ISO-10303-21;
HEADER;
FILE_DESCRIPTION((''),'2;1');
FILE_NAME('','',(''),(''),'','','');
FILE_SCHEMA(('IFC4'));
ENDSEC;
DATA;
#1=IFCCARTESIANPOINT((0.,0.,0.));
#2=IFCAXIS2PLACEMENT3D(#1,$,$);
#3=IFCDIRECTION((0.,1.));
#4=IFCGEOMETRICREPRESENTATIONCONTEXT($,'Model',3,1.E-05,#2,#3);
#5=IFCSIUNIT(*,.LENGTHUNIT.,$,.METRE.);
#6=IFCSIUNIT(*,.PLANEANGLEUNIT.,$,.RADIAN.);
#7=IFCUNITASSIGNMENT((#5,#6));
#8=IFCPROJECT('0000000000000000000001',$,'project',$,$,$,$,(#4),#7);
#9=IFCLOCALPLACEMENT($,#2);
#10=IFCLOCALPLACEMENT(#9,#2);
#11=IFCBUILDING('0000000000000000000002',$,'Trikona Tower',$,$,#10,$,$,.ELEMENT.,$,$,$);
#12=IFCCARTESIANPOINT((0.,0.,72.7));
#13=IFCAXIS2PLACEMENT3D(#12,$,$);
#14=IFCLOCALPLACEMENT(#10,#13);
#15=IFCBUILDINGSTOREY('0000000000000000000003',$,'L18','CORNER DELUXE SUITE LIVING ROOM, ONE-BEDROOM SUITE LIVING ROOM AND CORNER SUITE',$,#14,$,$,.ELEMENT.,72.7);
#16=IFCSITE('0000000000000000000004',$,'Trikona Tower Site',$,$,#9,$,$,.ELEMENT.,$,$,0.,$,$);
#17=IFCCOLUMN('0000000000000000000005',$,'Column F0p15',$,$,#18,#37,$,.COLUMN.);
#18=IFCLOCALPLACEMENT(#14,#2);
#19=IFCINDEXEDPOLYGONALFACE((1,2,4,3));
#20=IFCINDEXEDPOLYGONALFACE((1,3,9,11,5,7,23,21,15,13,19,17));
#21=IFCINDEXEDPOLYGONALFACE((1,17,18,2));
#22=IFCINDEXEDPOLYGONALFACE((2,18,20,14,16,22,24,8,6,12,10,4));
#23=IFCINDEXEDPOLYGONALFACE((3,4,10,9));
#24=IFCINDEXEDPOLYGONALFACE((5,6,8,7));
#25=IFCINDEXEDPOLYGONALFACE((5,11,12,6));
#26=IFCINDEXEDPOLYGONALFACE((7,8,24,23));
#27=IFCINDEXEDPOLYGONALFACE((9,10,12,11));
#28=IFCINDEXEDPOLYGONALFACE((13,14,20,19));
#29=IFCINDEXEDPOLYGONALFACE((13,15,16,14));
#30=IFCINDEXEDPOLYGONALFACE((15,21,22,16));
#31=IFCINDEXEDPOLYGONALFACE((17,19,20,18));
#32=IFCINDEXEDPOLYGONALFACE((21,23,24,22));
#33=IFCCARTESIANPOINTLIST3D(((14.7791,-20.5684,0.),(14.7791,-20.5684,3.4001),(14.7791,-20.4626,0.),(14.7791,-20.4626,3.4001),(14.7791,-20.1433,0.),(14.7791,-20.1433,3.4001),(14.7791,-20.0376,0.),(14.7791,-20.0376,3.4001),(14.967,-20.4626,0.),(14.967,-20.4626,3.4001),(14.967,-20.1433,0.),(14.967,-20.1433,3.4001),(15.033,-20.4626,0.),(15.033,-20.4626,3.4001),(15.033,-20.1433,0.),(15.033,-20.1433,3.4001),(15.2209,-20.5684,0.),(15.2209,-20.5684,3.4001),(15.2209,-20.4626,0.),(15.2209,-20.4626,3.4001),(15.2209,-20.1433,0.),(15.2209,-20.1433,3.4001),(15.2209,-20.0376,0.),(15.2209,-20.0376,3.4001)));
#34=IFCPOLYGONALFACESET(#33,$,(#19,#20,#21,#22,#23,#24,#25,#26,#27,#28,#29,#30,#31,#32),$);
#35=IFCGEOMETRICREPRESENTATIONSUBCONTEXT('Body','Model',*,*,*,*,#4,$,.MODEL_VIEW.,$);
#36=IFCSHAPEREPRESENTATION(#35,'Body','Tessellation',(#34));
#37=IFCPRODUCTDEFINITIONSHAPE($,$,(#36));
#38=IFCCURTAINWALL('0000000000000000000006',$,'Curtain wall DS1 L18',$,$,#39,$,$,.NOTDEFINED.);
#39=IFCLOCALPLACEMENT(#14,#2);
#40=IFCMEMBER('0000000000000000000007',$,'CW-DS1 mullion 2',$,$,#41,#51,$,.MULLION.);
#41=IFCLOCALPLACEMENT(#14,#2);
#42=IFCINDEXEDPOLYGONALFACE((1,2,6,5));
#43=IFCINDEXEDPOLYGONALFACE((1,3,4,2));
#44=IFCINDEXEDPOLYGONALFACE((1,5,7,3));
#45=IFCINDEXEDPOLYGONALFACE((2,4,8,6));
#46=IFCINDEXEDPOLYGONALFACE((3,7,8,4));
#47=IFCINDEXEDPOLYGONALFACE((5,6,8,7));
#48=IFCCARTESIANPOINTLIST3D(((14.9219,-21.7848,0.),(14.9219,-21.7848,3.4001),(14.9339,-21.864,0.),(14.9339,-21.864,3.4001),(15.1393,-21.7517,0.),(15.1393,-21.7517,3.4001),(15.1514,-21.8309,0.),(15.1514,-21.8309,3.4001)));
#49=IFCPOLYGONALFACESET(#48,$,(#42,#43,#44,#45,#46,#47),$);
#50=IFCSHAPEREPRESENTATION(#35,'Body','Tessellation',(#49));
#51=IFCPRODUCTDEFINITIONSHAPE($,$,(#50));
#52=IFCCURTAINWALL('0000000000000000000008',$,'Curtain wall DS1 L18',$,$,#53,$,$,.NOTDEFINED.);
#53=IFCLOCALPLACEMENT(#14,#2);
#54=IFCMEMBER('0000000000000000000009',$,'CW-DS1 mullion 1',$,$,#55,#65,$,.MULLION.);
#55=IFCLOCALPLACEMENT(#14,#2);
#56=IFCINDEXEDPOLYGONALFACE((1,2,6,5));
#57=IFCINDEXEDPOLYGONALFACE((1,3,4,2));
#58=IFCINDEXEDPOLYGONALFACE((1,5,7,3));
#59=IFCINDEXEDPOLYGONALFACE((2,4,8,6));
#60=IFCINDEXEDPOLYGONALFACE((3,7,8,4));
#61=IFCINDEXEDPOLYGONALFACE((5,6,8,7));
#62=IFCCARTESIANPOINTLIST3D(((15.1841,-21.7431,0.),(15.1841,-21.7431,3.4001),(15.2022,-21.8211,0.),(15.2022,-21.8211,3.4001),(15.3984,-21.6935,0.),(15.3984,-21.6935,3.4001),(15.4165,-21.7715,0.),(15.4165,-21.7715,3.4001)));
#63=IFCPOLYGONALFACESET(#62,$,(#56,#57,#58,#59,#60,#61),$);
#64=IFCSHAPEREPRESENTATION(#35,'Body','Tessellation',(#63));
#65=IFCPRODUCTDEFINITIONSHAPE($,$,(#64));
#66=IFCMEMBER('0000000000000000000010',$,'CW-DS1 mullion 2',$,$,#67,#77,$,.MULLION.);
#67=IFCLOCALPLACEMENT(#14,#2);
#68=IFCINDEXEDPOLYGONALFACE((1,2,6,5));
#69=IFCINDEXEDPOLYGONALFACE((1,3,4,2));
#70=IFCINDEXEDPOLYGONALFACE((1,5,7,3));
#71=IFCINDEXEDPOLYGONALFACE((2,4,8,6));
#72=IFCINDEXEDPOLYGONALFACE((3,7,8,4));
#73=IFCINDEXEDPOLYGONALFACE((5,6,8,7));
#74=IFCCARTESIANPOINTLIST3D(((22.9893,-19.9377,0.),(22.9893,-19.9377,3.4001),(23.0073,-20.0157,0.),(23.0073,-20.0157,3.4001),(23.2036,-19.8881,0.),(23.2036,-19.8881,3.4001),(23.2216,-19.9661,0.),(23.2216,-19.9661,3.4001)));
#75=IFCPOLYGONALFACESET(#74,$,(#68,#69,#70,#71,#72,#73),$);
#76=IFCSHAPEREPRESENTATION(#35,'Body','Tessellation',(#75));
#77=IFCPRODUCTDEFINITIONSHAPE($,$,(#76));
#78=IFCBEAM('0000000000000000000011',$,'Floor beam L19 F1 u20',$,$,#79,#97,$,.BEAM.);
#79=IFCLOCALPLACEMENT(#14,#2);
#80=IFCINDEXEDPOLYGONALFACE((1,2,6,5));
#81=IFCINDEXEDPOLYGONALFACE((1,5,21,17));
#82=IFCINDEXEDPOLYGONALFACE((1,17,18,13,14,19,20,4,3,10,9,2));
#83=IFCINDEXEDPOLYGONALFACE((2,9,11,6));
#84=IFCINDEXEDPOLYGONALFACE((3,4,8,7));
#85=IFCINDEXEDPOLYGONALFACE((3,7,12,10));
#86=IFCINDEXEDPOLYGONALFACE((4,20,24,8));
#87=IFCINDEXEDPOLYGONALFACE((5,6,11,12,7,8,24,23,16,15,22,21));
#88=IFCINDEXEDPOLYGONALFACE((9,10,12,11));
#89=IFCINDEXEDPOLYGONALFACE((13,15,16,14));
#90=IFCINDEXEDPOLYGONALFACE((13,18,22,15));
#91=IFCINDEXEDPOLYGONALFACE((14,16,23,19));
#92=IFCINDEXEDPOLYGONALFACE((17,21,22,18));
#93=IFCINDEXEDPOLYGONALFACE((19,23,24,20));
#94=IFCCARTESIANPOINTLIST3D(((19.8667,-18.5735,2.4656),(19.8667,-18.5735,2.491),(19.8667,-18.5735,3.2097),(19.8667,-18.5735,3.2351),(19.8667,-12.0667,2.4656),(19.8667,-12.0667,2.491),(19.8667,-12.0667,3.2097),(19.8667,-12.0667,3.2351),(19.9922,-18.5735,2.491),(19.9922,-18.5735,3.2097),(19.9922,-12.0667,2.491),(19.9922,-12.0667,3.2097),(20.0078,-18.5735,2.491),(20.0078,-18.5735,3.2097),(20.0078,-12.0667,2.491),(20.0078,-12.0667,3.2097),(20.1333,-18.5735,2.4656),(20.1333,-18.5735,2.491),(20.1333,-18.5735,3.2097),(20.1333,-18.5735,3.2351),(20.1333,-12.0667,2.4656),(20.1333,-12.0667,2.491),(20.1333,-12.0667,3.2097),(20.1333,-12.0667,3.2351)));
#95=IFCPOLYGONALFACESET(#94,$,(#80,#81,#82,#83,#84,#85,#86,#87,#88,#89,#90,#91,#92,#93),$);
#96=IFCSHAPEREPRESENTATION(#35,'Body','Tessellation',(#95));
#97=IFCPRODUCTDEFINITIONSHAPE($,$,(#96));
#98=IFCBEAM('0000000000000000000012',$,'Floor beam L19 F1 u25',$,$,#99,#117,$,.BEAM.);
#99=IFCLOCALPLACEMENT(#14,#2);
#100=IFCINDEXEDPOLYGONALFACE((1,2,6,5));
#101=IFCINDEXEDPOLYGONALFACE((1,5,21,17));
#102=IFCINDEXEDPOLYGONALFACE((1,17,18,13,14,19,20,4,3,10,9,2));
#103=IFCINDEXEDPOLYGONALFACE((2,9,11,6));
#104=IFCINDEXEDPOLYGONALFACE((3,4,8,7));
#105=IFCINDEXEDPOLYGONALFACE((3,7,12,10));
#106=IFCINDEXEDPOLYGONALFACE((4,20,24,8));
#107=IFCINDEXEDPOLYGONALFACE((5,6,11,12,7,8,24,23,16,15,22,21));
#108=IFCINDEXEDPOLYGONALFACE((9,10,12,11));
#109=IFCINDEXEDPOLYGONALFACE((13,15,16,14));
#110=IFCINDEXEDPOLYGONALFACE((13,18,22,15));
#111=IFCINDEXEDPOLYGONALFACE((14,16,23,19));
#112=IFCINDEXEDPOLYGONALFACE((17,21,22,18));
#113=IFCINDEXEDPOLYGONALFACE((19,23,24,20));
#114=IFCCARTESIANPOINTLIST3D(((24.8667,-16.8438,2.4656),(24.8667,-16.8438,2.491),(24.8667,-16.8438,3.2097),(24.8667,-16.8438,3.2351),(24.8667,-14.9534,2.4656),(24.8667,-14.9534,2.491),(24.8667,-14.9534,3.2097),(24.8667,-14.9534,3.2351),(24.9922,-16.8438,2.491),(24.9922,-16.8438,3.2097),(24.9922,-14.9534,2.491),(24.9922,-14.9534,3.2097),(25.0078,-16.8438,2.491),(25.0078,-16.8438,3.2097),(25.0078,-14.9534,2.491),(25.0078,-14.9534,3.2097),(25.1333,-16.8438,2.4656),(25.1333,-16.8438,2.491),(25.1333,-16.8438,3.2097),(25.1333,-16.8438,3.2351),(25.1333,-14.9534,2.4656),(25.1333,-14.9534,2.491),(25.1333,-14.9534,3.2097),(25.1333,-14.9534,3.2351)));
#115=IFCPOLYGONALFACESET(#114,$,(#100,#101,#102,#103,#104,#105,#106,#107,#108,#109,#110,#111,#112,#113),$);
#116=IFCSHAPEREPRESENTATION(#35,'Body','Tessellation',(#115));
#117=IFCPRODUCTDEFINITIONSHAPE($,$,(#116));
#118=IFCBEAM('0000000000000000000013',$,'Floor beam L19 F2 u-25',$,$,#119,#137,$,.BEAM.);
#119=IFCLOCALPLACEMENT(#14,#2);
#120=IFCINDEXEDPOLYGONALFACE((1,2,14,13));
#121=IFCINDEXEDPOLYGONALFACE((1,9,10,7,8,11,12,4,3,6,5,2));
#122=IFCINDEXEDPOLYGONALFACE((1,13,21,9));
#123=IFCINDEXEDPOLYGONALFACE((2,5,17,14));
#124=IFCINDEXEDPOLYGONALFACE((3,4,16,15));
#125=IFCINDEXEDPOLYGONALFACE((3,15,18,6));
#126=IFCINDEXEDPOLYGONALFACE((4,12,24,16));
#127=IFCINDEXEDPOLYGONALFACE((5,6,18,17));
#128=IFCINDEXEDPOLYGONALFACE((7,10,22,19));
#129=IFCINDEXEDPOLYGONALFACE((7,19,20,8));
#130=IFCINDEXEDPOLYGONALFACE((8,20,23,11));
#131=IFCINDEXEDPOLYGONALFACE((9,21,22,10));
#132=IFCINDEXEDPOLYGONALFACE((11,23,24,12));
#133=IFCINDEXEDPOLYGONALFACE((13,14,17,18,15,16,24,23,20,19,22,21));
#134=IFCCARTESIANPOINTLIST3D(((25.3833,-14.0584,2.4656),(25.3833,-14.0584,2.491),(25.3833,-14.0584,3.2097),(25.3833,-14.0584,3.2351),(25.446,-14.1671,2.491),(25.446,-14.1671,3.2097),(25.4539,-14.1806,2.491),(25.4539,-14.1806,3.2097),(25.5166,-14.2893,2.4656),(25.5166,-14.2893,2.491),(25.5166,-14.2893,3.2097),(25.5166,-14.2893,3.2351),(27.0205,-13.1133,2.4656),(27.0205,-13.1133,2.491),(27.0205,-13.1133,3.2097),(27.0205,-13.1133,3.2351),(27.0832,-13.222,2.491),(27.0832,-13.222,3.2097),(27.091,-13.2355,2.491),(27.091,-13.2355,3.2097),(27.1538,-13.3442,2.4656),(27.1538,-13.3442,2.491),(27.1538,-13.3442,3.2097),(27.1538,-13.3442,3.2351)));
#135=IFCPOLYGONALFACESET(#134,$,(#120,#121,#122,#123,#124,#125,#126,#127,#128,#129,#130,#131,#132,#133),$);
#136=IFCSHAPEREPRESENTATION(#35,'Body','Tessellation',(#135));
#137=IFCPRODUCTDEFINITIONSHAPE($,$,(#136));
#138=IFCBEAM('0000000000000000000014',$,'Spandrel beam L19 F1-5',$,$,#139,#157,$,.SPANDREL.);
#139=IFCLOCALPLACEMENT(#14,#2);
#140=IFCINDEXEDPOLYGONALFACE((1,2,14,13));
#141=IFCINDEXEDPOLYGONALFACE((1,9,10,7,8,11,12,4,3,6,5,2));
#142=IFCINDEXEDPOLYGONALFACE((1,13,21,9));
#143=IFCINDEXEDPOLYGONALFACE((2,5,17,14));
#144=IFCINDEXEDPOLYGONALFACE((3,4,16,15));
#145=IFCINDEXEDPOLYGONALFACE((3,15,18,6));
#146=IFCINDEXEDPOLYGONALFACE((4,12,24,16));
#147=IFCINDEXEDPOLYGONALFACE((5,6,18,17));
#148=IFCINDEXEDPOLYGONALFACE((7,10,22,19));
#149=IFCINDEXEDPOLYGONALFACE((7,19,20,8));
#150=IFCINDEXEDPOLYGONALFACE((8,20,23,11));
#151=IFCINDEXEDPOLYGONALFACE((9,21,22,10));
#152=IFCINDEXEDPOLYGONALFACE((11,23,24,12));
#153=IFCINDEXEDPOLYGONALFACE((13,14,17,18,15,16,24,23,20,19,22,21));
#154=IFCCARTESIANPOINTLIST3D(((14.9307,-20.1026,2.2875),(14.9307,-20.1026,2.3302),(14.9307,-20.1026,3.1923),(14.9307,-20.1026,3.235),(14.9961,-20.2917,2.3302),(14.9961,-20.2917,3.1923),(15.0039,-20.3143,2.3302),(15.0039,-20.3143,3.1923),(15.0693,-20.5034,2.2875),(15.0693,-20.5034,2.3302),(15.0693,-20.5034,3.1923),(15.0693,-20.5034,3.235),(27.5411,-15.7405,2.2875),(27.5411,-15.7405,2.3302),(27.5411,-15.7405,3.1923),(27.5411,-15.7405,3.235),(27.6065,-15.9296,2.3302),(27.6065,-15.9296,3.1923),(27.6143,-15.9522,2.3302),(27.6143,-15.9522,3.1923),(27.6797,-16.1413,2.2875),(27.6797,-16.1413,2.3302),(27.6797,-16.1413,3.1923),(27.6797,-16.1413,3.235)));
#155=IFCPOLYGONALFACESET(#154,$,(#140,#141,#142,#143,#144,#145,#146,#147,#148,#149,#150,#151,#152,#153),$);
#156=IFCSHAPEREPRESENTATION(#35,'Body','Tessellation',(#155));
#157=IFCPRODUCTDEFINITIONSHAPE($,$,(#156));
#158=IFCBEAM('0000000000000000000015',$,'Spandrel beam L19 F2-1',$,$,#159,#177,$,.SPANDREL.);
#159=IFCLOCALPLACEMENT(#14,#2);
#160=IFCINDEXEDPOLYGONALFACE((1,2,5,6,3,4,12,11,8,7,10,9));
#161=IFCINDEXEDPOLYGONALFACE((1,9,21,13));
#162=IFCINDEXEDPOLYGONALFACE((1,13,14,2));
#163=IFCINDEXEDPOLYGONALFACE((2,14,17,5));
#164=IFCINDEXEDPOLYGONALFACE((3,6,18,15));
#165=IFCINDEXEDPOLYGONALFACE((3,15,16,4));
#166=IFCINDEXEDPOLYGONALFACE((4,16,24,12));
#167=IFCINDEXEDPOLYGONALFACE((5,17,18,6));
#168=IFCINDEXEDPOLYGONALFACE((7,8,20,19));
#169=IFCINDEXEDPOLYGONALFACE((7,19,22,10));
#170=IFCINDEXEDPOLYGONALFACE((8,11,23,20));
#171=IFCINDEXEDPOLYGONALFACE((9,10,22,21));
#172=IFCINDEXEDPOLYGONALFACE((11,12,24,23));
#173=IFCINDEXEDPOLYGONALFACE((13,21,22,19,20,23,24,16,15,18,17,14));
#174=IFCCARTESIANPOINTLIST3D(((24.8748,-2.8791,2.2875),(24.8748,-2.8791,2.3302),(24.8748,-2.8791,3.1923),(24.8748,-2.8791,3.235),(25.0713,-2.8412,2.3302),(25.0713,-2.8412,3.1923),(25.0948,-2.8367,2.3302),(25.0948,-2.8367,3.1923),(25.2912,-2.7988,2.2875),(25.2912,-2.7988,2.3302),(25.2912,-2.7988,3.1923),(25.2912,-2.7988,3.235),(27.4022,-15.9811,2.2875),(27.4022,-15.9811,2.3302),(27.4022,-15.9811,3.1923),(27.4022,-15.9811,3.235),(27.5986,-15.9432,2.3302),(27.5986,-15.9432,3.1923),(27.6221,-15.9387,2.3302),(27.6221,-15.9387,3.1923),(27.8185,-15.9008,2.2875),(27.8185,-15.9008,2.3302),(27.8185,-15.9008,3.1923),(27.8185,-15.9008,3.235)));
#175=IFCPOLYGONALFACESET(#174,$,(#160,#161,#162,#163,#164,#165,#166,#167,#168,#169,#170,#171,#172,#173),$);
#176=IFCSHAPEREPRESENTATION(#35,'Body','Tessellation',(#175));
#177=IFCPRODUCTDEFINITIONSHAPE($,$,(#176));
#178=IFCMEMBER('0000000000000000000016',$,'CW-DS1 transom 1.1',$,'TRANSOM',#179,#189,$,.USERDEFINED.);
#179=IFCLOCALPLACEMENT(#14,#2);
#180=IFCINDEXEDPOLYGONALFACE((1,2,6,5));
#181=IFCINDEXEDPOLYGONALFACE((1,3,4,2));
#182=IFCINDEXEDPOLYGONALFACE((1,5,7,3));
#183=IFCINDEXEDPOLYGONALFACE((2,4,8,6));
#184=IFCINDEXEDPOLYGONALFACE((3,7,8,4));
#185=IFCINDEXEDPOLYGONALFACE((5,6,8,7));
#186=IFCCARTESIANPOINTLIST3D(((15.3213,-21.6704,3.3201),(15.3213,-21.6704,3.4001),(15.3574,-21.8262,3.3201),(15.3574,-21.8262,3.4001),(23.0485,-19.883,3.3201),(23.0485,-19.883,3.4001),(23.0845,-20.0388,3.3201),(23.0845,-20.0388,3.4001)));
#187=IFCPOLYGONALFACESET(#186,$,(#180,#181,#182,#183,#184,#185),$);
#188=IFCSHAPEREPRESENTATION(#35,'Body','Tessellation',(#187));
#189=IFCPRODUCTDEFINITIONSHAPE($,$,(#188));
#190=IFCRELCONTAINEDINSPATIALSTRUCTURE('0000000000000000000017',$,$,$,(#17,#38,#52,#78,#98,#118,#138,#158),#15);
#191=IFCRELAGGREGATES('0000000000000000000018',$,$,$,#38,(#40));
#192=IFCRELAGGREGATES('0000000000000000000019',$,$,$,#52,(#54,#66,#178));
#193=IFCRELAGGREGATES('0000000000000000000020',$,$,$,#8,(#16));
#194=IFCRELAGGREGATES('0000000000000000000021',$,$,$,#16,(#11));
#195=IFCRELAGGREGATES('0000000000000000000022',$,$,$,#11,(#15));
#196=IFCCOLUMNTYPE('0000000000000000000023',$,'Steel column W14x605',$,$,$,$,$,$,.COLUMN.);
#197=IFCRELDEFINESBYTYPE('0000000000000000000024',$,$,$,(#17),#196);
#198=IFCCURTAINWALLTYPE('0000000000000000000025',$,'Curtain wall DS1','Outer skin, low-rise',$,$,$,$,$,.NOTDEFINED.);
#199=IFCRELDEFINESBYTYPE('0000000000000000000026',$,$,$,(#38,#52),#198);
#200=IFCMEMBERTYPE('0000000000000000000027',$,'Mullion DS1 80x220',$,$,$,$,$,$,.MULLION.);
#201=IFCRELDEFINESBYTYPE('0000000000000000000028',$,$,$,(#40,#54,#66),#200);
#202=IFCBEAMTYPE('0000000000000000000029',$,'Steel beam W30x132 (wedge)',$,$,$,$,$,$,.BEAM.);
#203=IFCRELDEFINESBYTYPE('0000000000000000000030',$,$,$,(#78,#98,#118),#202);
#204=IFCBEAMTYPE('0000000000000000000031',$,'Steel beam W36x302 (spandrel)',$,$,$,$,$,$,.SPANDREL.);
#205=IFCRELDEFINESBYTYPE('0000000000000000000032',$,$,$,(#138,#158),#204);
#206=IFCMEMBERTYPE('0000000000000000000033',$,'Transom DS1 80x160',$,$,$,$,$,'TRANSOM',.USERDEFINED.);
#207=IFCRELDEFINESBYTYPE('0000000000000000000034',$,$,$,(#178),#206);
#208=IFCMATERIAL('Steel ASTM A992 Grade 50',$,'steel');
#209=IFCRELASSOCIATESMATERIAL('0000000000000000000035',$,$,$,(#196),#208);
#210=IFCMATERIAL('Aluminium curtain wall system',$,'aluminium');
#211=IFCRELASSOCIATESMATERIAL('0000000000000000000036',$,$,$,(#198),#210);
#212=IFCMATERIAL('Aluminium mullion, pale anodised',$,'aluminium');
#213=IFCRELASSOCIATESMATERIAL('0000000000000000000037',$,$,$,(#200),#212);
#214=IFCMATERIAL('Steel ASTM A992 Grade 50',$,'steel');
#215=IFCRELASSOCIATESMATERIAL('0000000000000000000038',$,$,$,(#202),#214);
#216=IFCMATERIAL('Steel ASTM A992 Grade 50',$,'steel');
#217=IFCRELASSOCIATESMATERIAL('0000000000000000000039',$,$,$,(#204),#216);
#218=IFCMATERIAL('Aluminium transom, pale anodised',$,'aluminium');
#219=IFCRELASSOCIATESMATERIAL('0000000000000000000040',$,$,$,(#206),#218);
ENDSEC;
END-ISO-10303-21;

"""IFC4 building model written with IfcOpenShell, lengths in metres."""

from ifc_helpers import new_model, si_unit, direction, frame, origin, origin_2d, place, context, subcontext, project, spatial, rectangle, i_section, extrude, material, material_profile, profile_set, type_object, element, aggregate, save


model = new_model("IFC4")

# Units and contexts
model_context = context("Model", 3, precision=1e-05, world=origin(), true_north=direction((0.0, 1.0)))
body_context = subcontext(model_context, "Body", "Model", "MODEL_VIEW")
ifc_project = project(units=[si_unit("LENGTHUNIT", "METRE"), si_unit("PLANEANGLEUNIT", "RADIAN")], contexts=[model_context])

# Site, building, storey
site_placement = place(None, origin())
site = spatial("IfcSite", under=ifc_project, at=site_placement, Name="Trikona Tower Site", CompositionType="ELEMENT", RefElevation=0.0)
building_placement = place(site_placement, origin())
building = spatial("IfcBuilding", under=site, at=building_placement, Name="Trikona Tower", CompositionType="ELEMENT")
storey_placement = place(building_placement, frame((0.0, 0.0, 72.7)))
storey = spatial("IfcBuildingStorey", under=building, at=storey_placement, Name="L18", Description="CORNER DELUXE SUITE LIVING ROOM, ONE-BEDROOM SUITE LIVING ROOM AND CORNER SUITE", CompositionType="ELEMENT", Elevation=72.7)

# Column
ifc_material_1 = material(Name="Steel ASTM A992 Grade 50", Category="steel")
ifc_material_profile_1 = material_profile(ifc_material_1, i_section(OverallWidth=0.4419, OverallDepth=0.5308, WebThickness=0.0659, FlangeThickness=0.1057, at=origin_2d()), Name="W14X605")
ifc_profile_set_1 = profile_set([ifc_material_profile_1], Name="Steel ASTM A992 Grade 50")
column_type = type_object("IfcColumnType", Name="Steel column W14x605", PredefinedType="COLUMN", material=ifc_profile_set_1)
column_placement = place(storey_placement, frame((15.0, -20.303, 0.0), z_axis=(0.0, 0.0, 1.0), x_axis=(1.0, 0.0, 0.0)))
element("IfcColumn", 1, at=column_placement, inside=storey, type_object=column_type, Name="Column F0p15", PredefinedType="COLUMN", context=body_context, shape_type="SweptSolid", body=[
    extrude(i_section(OverallWidth=0.4419, OverallDepth=0.5308, WebThickness=0.0659, FlangeThickness=0.1057, at=origin_2d()), origin(), (0.0, 0.0, 1.0), 3.4001),
])

# Curtain wall, member
ifc_material_2 = material(Name="Aluminium curtain wall system", Category="aluminium")
curtain_wall_type = type_object("IfcCurtainWallType", Name="Curtain wall DS1", Description="Outer skin, low-rise", PredefinedType="NOTDEFINED", material=ifc_material_2)
curtain_wall_1_placement = place(storey_placement, origin())
curtain_wall_1 = element("IfcCurtainWall", 2, at=curtain_wall_1_placement, inside=storey, type_object=curtain_wall_type, Name="Curtain wall DS1 L18", PredefinedType="NOTDEFINED")
ifc_material_3 = material(Name="Aluminium mullion, pale anodised", Category="aluminium")
ifc_material_profile_2 = material_profile(ifc_material_3, rectangle(XDim=0.0801, YDim=0.22, at=origin_2d()), Name="MUL-DS1")
ifc_profile_set_2 = profile_set([ifc_material_profile_2], Name="Aluminium mullion, pale anodised")
member_type_1 = type_object("IfcMemberType", Name="Mullion DS1 80x220", PredefinedType="MULLION", material=ifc_profile_set_2)
member_1_placement = place(storey_placement, frame((15.0366, -21.8079, 0.0), z_axis=(0.0, 0.0, 1.0), x_axis=(-0.150438, 0.988619, 0.0)))
member_1 = element("IfcMember", 3, at=member_1_placement, type_object=member_type_1, Name="CW-DS1 mullion 2", PredefinedType="MULLION", context=body_context, shape_type="SweptSolid", body=[
    extrude(rectangle(XDim=0.0801, YDim=0.22, at=origin_2d()), origin(), (0.0, 0.0, 1.0), 3.4001),
])
aggregate(curtain_wall_1, [member_1])

# Curtain wall, members
curtain_wall_2_placement = place(storey_placement, origin())
curtain_wall_2 = element("IfcCurtainWall", 4, at=curtain_wall_2_placement, inside=storey, type_object=curtain_wall_type, Name="Curtain wall DS1 L18", PredefinedType="NOTDEFINED")
member_2_placement = place(storey_placement, frame((15.3003, -21.7573, 0.0), z_axis=(0.0, 0.0, 1.0), x_axis=(-0.225343, 0.974279, 0.0)))
member_2 = element("IfcMember", 5, at=member_2_placement, type_object=member_type_1, Name="CW-DS1 mullion 1", PredefinedType="MULLION", context=body_context, shape_type="SweptSolid", body=[
    extrude(rectangle(XDim=0.0801, YDim=0.22, at=origin_2d()), origin(), (0.0, 0.0, 1.0), 3.4001),
])
member_3_placement = place(storey_placement, frame((23.1055, -19.9519, 0.0), z_axis=(0.0, 0.0, 1.0), x_axis=(-0.225343, 0.974279, 0.0)))
member_3 = element("IfcMember", 6, at=member_3_placement, type_object=member_type_1, Name="CW-DS1 mullion 2", PredefinedType="MULLION", context=body_context, shape_type="SweptSolid", body=[
    extrude(rectangle(XDim=0.0801, YDim=0.22, at=origin_2d()), origin(), (0.0, 0.0, 1.0), 3.4001),
])

# Beams
ifc_material_4 = material(Name="Steel ASTM A992 Grade 50", Category="steel")
ifc_material_profile_3 = material_profile(ifc_material_4, i_section(OverallWidth=0.2666, OverallDepth=0.7695, WebThickness=0.0156, FlangeThickness=0.0254, at=origin_2d()), Name="W30X132")
ifc_profile_set_3 = profile_set([ifc_material_profile_3], Name="Steel ASTM A992 Grade 50")
beam_type_1 = type_object("IfcBeamType", Name="Steel beam W30x132 (wedge)", PredefinedType="BEAM", material=ifc_profile_set_3)
beam_placement = place(storey_placement, frame((20.0, -12.0667, 2.8503), z_axis=(0.0, -1.0, 0.0), x_axis=(1.0, 0.0, 0.0)))
element("IfcBeam", 7, at=beam_placement, inside=storey, type_object=beam_type_1, Name="Floor beam L19 F1 u20", PredefinedType="BEAM", context=body_context, shape_type="SweptSolid", body=[
    extrude(i_section(OverallWidth=0.2666, OverallDepth=0.7695, WebThickness=0.0156, FlangeThickness=0.0254, at=origin_2d()), origin(), (0.0, 0.0, 1.0), 6.5068),
])
for number, where, z_axis, x_axis, name in (
    (8, (25.0, -14.9534, 2.8503), (0.0, -1.0, 0.0), (1.0, 0.0, 0.0), "Floor beam L19 F1 u25"),
    (9, (25.45, -14.1738, 2.8503), (0.866065, 0.499931, 0.0), (-0.499931, 0.866065, 0.0), "Floor beam L19 F2 u-25"),
):
    element("IfcBeam", number, at=place(storey_placement, frame(where, z_axis=z_axis, x_axis=x_axis)), inside=storey, type_object=beam_type_1, Name=name, PredefinedType="BEAM", context=body_context, shape_type="SweptSolid", body=[
        extrude(i_section(OverallWidth=0.2666, OverallDepth=0.7695, WebThickness=0.0156, FlangeThickness=0.0254, at=origin_2d()), origin(), (0.0, 0.0, 1.0), 1.8904),
    ])
ifc_material_5 = material(Name="Steel ASTM A992 Grade 50", Category="steel")
ifc_material_profile_4 = material_profile(ifc_material_5, i_section(OverallWidth=0.4241, OverallDepth=0.9475, WebThickness=0.0239, FlangeThickness=0.0427, at=origin_2d()), Name="W36X302")
ifc_profile_set_4 = profile_set([ifc_material_profile_4], Name="Steel ASTM A992 Grade 50")
beam_type_2 = type_object("IfcBeamType", Name="Steel beam W36x302 (spandrel)", PredefinedType="SPANDREL", material=ifc_profile_set_4)
for number, where, z_axis, x_axis, name in (
    (10, (15.0, -20.303, 2.7612), (0.945057, 0.326906, 0.0), (-0.326906, 0.945057, 0.0), "Spandrel beam L19 F1-5"),
    (11, (27.6104, -15.9409, 2.7612), (-0.189405, 0.981899, 0.0), (-0.981899, -0.189405, 0.0), "Spandrel beam L19 F2-1"),
):
    element("IfcBeam", number, at=place(storey_placement, frame(where, z_axis=z_axis, x_axis=x_axis)), inside=storey, type_object=beam_type_2, Name=name, PredefinedType="SPANDREL", context=body_context, shape_type="SweptSolid", body=[
        extrude(i_section(OverallWidth=0.4241, OverallDepth=0.9475, WebThickness=0.0239, FlangeThickness=0.0427, at=origin_2d()), origin(), (0.0, 0.0, 1.0), 13.3435),
    ])

# Member
ifc_material_6 = material(Name="Aluminium transom, pale anodised", Category="aluminium")
ifc_material_profile_5 = material_profile(ifc_material_6, rectangle(XDim=0.1599, YDim=0.0801, at=origin_2d()), Name="TRN-DS1")
ifc_profile_set_5 = profile_set([ifc_material_profile_5], Name="Aluminium transom, pale anodised")
member_type_2 = type_object("IfcMemberType", Name="Transom DS1 80x160", ElementType="TRANSOM", PredefinedType="USERDEFINED", material=ifc_profile_set_5)
member_4_placement = place(storey_placement, frame((15.3394, -21.7483, 3.3601), z_axis=(0.974275, 0.225361, 0.0), x_axis=(-0.225361, 0.974275, 0.0)))
member_4 = element("IfcMember", 12, at=member_4_placement, type_object=member_type_2, Name="CW-DS1 transom 1.1", ObjectType="TRANSOM", PredefinedType="USERDEFINED", context=body_context, shape_type="SweptSolid", body=[
    extrude(rectangle(XDim=0.1599, YDim=0.0801, at=origin_2d()), origin(), (0.0, 0.0, 1.0), 7.9312),
])

aggregate(curtain_wall_2, [member_2, member_3, member_4])

save(model, "model.ifc")
